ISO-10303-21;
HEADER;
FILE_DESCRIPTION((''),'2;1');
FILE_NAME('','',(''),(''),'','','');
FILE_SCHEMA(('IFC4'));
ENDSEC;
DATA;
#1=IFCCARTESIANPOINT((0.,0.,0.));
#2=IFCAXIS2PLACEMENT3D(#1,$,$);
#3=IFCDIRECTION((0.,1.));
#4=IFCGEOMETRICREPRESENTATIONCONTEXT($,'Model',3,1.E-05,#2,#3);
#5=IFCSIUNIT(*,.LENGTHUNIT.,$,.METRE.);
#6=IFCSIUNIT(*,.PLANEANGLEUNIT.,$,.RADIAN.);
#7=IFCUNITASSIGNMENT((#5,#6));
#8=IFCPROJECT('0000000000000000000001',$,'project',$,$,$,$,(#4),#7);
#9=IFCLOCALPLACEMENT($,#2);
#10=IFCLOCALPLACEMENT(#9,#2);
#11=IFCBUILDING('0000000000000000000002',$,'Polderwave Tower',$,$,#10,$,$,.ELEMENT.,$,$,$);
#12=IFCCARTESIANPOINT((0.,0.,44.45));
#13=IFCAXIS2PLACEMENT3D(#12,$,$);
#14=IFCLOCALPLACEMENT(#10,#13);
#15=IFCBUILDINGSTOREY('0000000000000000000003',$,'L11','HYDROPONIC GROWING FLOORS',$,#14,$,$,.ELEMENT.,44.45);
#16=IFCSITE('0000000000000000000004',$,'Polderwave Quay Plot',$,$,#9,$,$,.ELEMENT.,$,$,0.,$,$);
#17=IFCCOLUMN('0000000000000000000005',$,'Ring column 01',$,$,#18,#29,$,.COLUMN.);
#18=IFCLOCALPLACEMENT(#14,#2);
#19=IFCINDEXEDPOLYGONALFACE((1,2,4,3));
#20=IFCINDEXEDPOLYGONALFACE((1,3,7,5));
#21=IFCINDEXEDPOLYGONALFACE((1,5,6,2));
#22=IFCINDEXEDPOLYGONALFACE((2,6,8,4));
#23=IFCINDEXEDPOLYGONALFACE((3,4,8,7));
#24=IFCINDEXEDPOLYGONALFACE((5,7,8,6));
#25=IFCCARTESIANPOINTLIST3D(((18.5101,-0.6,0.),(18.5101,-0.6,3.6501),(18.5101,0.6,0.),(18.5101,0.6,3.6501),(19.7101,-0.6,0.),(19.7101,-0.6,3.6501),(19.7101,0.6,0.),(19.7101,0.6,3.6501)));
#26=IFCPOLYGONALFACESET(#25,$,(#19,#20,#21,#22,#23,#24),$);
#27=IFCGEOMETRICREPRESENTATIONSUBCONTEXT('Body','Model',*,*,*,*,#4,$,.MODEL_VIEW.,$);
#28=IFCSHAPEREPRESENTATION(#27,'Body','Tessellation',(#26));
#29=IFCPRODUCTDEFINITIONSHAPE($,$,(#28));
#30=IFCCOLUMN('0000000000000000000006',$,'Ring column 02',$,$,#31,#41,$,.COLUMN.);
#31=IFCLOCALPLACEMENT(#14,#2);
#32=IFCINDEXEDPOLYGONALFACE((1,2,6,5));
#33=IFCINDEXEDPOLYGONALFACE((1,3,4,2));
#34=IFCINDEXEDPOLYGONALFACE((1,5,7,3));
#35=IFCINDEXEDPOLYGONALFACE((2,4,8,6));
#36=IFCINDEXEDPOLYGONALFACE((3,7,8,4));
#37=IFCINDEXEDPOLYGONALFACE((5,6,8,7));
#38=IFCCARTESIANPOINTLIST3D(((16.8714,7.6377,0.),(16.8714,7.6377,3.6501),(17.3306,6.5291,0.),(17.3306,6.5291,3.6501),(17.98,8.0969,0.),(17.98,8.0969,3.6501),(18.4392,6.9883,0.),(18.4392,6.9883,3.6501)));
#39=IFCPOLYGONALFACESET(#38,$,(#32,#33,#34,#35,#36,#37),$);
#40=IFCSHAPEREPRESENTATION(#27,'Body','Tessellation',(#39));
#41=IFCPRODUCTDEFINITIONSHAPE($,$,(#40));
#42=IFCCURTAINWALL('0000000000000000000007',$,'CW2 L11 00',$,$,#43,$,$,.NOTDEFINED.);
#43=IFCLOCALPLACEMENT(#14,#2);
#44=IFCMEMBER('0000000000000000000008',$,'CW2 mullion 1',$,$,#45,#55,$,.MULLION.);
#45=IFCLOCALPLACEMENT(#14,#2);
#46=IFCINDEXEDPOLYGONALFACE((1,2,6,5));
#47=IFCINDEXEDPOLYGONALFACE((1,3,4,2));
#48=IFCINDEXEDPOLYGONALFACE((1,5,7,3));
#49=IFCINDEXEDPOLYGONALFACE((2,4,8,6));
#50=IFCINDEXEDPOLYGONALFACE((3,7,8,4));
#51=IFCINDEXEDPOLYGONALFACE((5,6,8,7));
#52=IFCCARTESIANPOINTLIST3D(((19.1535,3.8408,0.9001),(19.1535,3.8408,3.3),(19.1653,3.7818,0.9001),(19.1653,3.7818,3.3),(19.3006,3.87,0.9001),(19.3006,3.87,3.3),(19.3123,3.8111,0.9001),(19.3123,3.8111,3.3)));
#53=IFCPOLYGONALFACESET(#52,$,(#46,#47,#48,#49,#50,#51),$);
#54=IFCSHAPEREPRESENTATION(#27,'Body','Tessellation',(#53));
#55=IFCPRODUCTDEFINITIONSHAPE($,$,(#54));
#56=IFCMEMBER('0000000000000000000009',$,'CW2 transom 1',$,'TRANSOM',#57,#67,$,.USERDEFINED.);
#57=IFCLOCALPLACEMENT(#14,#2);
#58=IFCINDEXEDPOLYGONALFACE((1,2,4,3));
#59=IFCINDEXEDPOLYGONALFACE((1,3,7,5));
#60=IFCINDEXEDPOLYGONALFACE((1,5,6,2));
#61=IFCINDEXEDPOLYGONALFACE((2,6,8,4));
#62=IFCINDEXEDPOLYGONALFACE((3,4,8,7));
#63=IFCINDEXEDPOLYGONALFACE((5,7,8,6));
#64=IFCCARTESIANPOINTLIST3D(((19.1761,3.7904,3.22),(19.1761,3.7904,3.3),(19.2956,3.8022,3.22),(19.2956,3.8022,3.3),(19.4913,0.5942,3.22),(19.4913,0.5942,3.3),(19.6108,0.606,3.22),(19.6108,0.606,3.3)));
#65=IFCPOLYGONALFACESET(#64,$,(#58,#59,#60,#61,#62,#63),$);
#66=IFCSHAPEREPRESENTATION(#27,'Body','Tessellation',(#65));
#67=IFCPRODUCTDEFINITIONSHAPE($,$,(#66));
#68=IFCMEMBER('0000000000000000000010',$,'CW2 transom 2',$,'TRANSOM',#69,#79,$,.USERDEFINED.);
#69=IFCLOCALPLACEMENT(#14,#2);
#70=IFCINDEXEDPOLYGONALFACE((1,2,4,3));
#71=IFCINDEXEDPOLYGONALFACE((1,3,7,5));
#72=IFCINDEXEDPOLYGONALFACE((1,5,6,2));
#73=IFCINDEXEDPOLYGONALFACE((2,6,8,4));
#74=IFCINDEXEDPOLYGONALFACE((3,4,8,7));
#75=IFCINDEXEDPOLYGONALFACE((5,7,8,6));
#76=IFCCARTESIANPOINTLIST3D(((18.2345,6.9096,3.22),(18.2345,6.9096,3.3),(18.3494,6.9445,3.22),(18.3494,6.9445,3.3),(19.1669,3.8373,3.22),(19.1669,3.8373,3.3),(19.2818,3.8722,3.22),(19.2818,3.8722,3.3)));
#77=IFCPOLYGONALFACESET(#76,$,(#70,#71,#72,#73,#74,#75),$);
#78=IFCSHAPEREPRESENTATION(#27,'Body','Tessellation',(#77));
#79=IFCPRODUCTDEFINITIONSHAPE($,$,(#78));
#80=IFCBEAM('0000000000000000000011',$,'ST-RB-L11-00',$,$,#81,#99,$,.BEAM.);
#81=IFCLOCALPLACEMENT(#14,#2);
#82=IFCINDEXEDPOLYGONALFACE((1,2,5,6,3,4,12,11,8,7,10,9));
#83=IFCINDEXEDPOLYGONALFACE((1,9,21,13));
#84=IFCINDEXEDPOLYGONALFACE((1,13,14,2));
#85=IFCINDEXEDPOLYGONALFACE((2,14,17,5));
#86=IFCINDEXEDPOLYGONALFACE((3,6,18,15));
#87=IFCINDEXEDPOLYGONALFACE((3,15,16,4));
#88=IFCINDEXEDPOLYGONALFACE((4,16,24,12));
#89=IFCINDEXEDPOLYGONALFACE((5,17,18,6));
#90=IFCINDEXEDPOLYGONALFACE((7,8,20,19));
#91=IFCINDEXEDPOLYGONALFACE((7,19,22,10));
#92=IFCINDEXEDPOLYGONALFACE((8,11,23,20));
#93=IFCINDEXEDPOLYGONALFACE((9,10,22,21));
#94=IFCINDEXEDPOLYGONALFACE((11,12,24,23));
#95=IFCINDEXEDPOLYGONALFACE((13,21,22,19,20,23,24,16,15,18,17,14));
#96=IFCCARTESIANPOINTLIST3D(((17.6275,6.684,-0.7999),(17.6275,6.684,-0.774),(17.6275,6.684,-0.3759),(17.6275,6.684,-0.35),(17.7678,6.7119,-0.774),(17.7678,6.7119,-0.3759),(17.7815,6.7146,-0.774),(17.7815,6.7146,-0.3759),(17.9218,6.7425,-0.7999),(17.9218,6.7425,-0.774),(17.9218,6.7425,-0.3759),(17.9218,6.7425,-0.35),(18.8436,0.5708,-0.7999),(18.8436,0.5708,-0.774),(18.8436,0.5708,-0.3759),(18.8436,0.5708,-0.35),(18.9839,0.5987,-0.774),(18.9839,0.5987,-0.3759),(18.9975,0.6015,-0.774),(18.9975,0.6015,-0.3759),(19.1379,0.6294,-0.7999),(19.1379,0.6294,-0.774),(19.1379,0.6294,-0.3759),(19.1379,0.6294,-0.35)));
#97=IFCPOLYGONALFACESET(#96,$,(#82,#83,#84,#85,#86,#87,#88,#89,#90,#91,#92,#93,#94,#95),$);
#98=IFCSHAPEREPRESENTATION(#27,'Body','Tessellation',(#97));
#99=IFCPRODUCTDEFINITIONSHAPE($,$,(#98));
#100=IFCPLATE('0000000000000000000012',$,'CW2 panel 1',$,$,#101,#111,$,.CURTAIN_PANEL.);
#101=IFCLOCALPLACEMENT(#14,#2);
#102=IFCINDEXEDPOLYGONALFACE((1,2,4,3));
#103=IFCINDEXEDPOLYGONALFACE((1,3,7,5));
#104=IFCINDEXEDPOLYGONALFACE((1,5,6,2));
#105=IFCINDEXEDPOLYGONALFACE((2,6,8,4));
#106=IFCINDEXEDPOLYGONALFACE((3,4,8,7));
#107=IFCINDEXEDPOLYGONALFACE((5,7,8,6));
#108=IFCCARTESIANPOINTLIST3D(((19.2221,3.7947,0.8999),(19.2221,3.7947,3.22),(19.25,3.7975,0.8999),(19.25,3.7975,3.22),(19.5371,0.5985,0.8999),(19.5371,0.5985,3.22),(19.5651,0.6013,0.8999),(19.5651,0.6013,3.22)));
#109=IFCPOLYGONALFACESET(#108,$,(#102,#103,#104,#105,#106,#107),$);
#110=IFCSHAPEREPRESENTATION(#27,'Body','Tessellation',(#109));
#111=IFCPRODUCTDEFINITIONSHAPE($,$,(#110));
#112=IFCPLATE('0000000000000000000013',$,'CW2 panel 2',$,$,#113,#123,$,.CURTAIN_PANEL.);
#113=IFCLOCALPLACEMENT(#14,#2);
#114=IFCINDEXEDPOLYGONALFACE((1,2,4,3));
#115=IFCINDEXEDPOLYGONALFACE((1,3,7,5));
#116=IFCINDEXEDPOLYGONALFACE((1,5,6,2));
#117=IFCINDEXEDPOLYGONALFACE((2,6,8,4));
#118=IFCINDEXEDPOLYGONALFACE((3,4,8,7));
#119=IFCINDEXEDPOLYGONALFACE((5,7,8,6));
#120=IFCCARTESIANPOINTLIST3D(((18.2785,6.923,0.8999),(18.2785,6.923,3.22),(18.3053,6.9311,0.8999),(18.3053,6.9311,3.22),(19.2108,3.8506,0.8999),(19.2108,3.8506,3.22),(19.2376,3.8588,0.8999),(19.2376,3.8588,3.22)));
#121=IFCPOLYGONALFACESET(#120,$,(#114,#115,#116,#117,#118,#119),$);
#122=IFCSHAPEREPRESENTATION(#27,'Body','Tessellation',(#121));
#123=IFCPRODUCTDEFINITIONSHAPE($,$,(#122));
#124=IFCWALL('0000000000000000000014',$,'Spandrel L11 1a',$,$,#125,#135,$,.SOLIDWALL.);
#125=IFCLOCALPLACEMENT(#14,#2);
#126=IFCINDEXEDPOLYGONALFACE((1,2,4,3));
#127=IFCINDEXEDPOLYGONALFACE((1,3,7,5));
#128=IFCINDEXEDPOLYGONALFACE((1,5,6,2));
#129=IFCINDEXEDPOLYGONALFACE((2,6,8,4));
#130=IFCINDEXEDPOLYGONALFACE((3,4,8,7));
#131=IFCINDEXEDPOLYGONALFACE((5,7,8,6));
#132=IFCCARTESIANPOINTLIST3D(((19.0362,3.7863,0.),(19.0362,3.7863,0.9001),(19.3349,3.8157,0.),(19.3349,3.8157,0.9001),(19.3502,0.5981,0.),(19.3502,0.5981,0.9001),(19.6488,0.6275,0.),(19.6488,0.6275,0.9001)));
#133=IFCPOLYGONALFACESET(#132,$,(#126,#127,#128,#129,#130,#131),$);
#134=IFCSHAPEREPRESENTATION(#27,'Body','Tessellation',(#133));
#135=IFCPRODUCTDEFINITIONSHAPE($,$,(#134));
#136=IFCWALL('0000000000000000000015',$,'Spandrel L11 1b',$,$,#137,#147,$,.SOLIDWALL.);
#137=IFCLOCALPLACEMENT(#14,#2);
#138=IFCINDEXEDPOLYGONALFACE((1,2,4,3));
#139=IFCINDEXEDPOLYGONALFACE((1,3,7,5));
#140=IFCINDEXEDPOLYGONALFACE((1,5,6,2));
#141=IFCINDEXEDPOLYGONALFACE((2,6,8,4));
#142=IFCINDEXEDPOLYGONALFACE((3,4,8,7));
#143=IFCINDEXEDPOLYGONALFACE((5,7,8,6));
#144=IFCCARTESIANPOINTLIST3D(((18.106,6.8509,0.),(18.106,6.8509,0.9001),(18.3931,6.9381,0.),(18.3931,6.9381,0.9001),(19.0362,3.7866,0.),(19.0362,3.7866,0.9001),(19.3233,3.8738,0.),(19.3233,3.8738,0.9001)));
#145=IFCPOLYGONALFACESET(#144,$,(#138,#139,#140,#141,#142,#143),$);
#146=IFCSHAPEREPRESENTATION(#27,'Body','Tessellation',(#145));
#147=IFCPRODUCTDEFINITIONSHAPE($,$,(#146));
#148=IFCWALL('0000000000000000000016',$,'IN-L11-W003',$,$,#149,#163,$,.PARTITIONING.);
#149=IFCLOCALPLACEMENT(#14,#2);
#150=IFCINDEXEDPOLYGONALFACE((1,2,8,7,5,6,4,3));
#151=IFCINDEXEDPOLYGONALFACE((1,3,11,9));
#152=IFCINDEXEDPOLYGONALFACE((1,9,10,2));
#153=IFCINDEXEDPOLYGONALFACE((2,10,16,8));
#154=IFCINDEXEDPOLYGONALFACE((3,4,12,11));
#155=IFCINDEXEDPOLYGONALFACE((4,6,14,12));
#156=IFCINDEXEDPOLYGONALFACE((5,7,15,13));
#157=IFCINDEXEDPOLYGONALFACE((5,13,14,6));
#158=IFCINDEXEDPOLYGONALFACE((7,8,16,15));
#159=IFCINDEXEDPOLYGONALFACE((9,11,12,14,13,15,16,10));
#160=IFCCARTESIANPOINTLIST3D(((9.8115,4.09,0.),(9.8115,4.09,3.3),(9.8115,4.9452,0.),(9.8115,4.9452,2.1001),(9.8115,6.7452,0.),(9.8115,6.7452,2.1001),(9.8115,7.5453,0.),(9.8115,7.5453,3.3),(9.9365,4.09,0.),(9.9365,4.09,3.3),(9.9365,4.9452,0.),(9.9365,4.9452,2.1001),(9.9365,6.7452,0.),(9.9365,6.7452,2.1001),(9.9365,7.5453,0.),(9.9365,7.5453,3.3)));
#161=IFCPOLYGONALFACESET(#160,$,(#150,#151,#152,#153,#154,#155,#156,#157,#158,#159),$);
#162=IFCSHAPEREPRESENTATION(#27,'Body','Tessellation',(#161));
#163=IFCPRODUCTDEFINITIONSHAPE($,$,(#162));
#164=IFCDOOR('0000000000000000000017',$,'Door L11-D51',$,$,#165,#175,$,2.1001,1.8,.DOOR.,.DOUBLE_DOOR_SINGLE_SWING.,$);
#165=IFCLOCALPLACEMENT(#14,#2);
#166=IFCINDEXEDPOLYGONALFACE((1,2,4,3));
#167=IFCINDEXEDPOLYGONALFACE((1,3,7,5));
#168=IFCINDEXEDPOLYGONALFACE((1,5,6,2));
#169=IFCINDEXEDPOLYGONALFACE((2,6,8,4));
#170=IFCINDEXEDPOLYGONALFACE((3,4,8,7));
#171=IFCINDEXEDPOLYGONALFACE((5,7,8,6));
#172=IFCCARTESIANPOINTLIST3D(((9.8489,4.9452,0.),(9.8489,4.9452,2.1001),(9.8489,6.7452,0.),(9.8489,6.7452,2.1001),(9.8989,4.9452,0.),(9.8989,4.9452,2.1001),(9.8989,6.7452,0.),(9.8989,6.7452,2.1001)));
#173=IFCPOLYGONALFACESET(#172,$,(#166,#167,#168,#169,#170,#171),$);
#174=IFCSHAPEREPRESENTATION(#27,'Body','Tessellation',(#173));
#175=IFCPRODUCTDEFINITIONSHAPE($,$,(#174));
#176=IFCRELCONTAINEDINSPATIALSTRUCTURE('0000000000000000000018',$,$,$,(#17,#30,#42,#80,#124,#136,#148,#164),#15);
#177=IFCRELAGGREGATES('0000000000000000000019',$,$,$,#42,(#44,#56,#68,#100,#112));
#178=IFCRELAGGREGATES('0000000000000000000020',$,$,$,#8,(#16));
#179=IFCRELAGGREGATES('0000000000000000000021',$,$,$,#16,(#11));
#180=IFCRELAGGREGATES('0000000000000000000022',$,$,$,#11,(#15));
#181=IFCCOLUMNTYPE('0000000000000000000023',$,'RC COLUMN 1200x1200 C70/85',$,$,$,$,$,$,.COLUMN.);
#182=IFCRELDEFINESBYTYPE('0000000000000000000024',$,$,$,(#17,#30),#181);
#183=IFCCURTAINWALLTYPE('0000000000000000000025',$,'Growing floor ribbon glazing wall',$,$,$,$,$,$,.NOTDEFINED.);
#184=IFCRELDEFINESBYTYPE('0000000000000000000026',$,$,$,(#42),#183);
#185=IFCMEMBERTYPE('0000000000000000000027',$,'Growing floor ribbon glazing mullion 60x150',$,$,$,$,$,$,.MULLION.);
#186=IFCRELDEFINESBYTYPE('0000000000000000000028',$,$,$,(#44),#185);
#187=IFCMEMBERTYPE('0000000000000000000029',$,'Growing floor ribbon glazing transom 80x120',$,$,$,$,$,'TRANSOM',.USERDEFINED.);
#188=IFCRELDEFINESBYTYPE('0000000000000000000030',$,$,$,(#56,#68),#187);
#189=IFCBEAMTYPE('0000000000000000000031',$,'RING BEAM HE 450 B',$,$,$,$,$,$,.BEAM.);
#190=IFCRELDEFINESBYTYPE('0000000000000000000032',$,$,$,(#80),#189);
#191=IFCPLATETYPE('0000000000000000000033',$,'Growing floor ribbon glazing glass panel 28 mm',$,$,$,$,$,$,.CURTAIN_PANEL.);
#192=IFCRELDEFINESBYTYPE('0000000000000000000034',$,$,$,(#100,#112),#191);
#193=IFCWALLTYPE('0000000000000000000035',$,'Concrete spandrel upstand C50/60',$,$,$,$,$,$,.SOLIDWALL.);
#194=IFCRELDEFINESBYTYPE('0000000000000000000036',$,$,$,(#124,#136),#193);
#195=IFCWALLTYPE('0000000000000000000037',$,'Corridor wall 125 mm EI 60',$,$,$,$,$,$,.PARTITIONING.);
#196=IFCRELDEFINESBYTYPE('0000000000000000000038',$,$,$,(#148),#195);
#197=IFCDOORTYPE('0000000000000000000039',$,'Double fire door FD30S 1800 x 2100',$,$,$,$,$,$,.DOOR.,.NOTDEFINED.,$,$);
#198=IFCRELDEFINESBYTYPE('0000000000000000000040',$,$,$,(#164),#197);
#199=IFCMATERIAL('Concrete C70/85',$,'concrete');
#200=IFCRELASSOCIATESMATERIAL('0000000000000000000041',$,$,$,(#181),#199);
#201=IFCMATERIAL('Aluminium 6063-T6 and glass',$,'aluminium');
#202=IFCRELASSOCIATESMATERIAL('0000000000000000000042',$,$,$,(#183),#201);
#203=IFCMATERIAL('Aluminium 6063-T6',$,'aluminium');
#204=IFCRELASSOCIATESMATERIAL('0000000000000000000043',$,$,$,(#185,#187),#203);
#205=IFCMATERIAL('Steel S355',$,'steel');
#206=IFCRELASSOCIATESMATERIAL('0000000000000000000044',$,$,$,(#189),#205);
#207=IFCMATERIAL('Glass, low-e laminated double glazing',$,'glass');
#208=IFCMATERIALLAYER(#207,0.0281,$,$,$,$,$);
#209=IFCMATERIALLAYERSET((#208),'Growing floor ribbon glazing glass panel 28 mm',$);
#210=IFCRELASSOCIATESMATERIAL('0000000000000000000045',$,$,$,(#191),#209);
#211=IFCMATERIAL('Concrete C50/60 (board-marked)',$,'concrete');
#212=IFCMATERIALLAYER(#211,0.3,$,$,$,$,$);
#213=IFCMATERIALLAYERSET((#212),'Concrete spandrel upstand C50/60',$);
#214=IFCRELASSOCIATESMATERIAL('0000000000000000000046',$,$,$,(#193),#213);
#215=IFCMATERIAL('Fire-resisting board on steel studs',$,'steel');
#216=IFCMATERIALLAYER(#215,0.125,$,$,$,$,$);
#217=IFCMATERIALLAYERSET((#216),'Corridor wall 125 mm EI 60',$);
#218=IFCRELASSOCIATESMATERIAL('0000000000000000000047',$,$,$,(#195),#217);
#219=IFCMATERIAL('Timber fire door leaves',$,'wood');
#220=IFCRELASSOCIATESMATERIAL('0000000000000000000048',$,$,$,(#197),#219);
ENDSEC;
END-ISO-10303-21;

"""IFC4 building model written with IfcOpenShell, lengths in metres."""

from ifc_helpers import new_model, si_unit, direction, frame, frame_2d, origin, origin_2d, place, context, subcontext, project, spatial, rectangle, i_section, extrude, material, layer, layer_set, material_profile, profile_set, type_object, element, fill, aggregate, save


model = new_model("IFC4")

# Units and contexts
model_context = context("Model", 3, precision=1e-05, world=origin(), true_north=direction((0.0, 1.0)))
body_context = subcontext(model_context, "Body", "Model", "MODEL_VIEW")
ifc_project = project(units=[si_unit("LENGTHUNIT", "METRE"), si_unit("PLANEANGLEUNIT", "RADIAN")], contexts=[model_context])

# Site, building, storey
site_placement = place(None, origin())
site = spatial("IfcSite", under=ifc_project, at=site_placement, Name="Polderwave Quay Plot", CompositionType="ELEMENT", RefElevation=0.0)
building_placement = place(site_placement, origin())
building = spatial("IfcBuilding", under=site, at=building_placement, Name="Polderwave Tower", CompositionType="ELEMENT")
storey_placement = place(building_placement, frame((0.0, 0.0, 44.45)))
storey = spatial("IfcBuildingStorey", under=building, at=storey_placement, Name="L11", Description="HYDROPONIC GROWING FLOORS", CompositionType="ELEMENT", Elevation=44.45)

# Columns
ifc_material_1 = material(Name="Concrete C70/85", Category="concrete")
ifc_material_profile_1 = material_profile(ifc_material_1, rectangle(XDim=1.2, YDim=1.2, at=origin_2d()), Name="RC 1200x1200")
ifc_profile_set_1 = profile_set([ifc_material_profile_1], Name="Concrete C70/85")
column_type = type_object("IfcColumnType", Name="RC COLUMN 1200x1200 C70/85", PredefinedType="COLUMN", material=ifc_profile_set_1)
for number, where, z_axis, x_axis, name in (
    (1, (19.1101, 0.0, 0.0), (0.0, 0.0, 1.0), (1.0, 0.0, 0.0), "Ring column 01"),
    (2, (17.6553, 7.313, 0.0), (0.0, 0.0, 1.0), (0.92388, 0.382683, 0.0), "Ring column 02"),
):
    element("IfcColumn", number, at=place(storey_placement, frame(where, z_axis=z_axis, x_axis=x_axis)), inside=storey, type_object=column_type, Name=name, PredefinedType="COLUMN", context=body_context, shape_type="SweptSolid", body=[
        extrude(rectangle(XDim=1.2, YDim=1.2, at=origin_2d()), origin(), (0.0, 0.0, 1.0), 3.6501),
    ])

# Curtain wall, members
ifc_material_2 = material(Name="Aluminium 6063-T6 and glass", Category="aluminium")
curtain_wall_type = type_object("IfcCurtainWallType", Name="Growing floor ribbon glazing wall", PredefinedType="NOTDEFINED", material=ifc_material_2)
curtain_wall_placement = place(storey_placement, origin())
curtain_wall = element("IfcCurtainWall", 3, at=curtain_wall_placement, inside=storey, type_object=curtain_wall_type, Name="CW2 L11 00", PredefinedType="NOTDEFINED")
ifc_material_3 = material(Name="Aluminium 6063-T6", Category="aluminium")
ifc_material_profile_2 = material_profile(ifc_material_3, rectangle(XDim=0.1499, YDim=0.0601, at=origin_2d()), Name="AL 60x150")
ifc_profile_set_2 = profile_set([ifc_material_profile_2], Name="Aluminium 6063-T6")
member_type_1 = type_object("IfcMemberType", Name="Growing floor ribbon glazing mullion 60x150", PredefinedType="MULLION", material=ifc_profile_set_2)
member_1_placement = place(storey_placement, frame((19.2329, 3.8259, 0.9001), z_axis=(0.0, 0.0, 1.0), x_axis=(-0.980768, -0.195178, 0.0)))
member_1 = element("IfcMember", 4, at=member_1_placement, type_object=member_type_1, Name="CW2 mullion 1", PredefinedType="MULLION", context=body_context, shape_type="SweptSolid", body=[
    extrude(rectangle(XDim=0.1499, YDim=0.0601, at=origin_2d()), origin(), (0.0, 0.0, 1.0), 2.3999),
])
ifc_material_profile_3 = material_profile(ifc_material_3, rectangle(XDim=0.1201, YDim=0.0801, at=origin_2d()), Name="AL 80x120")
ifc_profile_set_3 = profile_set([ifc_material_profile_3], Name="Aluminium 6063-T6")
member_type_2 = type_object("IfcMemberType", Name="Growing floor ribbon glazing transom 80x120", ElementType="TRANSOM", PredefinedType="USERDEFINED", material=ifc_profile_set_3)
member_2_placement = place(storey_placement, frame((19.551, 0.6001, 3.26), z_axis=(-0.098141, 0.995172, 0.0), x_axis=(-0.995172, -0.098141, 0.0)))
member_2 = element("IfcMember", 5, at=member_2_placement, type_object=member_type_2, Name="CW2 transom 1", ObjectType="TRANSOM", PredefinedType="USERDEFINED", context=body_context, shape_type="SweptSolid", body=[
    extrude(rectangle(XDim=0.1201, YDim=0.0801, at=origin_2d()), origin(), (0.0, 0.0, 1.0), 3.2117),
])
member_3_placement = place(storey_placement, frame((19.2244, 3.8547, 3.26), z_axis=(-0.290402, 0.956905, 0.0), x_axis=(-0.956905, -0.290402, 0.0)))
member_3 = element("IfcMember", 6, at=member_3_placement, type_object=member_type_2, Name="CW2 transom 2", ObjectType="TRANSOM", PredefinedType="USERDEFINED", context=body_context, shape_type="SweptSolid", body=[
    extrude(rectangle(XDim=0.1201, YDim=0.0801, at=origin_2d()), origin(), (0.0, 0.0, 1.0), 3.2107),
])

# Beam
ifc_material_4 = material(Name="Steel S355", Category="steel")
ifc_material_profile_4 = material_profile(ifc_material_4, i_section(OverallWidth=0.3, OverallDepth=0.45, WebThickness=0.0139, FlangeThickness=0.0259, at=origin_2d()), Name="HE 450 B")
ifc_profile_set_4 = profile_set([ifc_material_profile_4], Name="Steel S355")
beam_type = type_object("IfcBeamType", Name="RING BEAM HE 450 B", PredefinedType="BEAM", material=ifc_profile_set_4)
beam_placement = place(storey_placement, frame((18.9907, 0.6001, -0.575), z_axis=(-0.195107, 0.980782, 0.0), x_axis=(-0.980782, -0.195107, 0.0)))
element("IfcBeam", 7, at=beam_placement, inside=storey, type_object=beam_type, Name="ST-RB-L11-00", PredefinedType="BEAM", context=body_context, shape_type="SweptSolid", body=[
    extrude(i_section(OverallWidth=0.3, OverallDepth=0.45, WebThickness=0.0139, FlangeThickness=0.0259, at=origin_2d()), origin(), (0.0, 0.0, 1.0), 6.2329),
])

# Plates
ifc_material_5 = material(Name="Glass, low-e laminated double glazing", Category="glass")
ifc_layer_1 = layer(ifc_material_5, 0.0281)
ifc_layer_set_1 = layer_set([ifc_layer_1], Name="Growing floor ribbon glazing glass panel 28 mm")
plate_type = type_object("IfcPlateType", Name="Growing floor ribbon glazing glass panel 28 mm", PredefinedType="CURTAIN_PANEL", material=ifc_layer_set_1)
plate_1_placement = place(storey_placement, frame((19.3936, 2.198, 0.8999), z_axis=(0.0, 0.0, 1.0), x_axis=(-0.098099, 0.995177, 0.0)))
plate_1 = element("IfcPlate", 8, at=plate_1_placement, type_object=plate_type, Name="CW2 panel 1", PredefinedType="CURTAIN_PANEL", context=body_context, shape_type="SweptSolid", body=[
    extrude(rectangle(XDim=3.2117, YDim=0.0281, at=origin_2d()), origin(), (0.0, 0.0, 1.0), 2.3201),
])
plate_2_placement = place(storey_placement, frame((18.7581, 5.3909, 0.8999), z_axis=(0.0, 0.0, 1.0), x_axis=(-0.290375, 0.956913, 0.0)))
plate_2 = element("IfcPlate", 9, at=plate_2_placement, type_object=plate_type, Name="CW2 panel 2", PredefinedType="CURTAIN_PANEL", context=body_context, shape_type="SweptSolid", body=[
    extrude(rectangle(XDim=3.2107, YDim=0.0281, at=origin_2d()), origin(), (0.0, 0.0, 1.0), 2.3201),
])
aggregate(curtain_wall, [member_1, member_2, member_3, plate_1, plate_2])

# Walls
ifc_material_6 = material(Name="Concrete C50/60 (board-marked)", Category="concrete")
ifc_layer_2 = layer(ifc_material_6, 0.3)
ifc_layer_set_2 = layer_set([ifc_layer_2], Name="Concrete spandrel upstand C50/60")
wall_type_1 = type_object("IfcWallType", Name="Concrete spandrel upstand C50/60", PredefinedType="SOLIDWALL", material=ifc_layer_set_2)
wall_1_placement = place(storey_placement, frame((19.4995, 0.6128, 0.0), z_axis=(0.0, 0.0, 1.0), x_axis=(-0.098002, 0.995186, 0.0)))
element("IfcWall", 10, at=wall_1_placement, inside=storey, type_object=wall_type_1, Name="Spandrel L11 1a", PredefinedType="SOLIDWALL", context=body_context, shape_type="SweptSolid", body=[
    extrude(rectangle(XDim=3.2036, YDim=0.3, at=frame_2d((1.6018, 0.0))), origin(), (0.0, 0.0, 1.0), 0.9001),
])
wall_2_placement = place(storey_placement, frame((19.1797, 3.8303, 0.0), z_axis=(0.0, 0.0, 1.0), x_axis=(-0.290473, 0.956883, 0.0)))
element("IfcWall", 11, at=wall_2_placement, inside=storey, type_object=wall_type_1, Name="Spandrel L11 1b", PredefinedType="SOLIDWALL", context=body_context, shape_type="SweptSolid", body=[
    extrude(rectangle(XDim=3.2024, YDim=0.3, at=frame_2d((1.6011, 0.0))), origin(), (0.0, 0.0, 1.0), 0.9001),
])

# Wall, opening, door
ifc_material_7 = material(Name="Fire-resisting board on steel studs", Category="steel")
ifc_layer_3 = layer(ifc_material_7, 0.125)
ifc_layer_set_3 = layer_set([ifc_layer_3], Name="Corridor wall 125 mm EI 60")
wall_type_2 = type_object("IfcWallType", Name="Corridor wall 125 mm EI 60", PredefinedType="PARTITIONING", material=ifc_layer_set_3)
wall_3_placement = place(storey_placement, frame((9.874, 7.5452, 0.0), z_axis=(0.0, 0.0, 1.0), x_axis=(0.0, -1.0, 0.0)))
wall_3 = element("IfcWall", 12, at=wall_3_placement, inside=storey, type_object=wall_type_2, Name="IN-L11-W003", PredefinedType="PARTITIONING", context=body_context, shape_type="SweptSolid", body=[
    extrude(rectangle(XDim=3.4553, YDim=0.125, at=frame_2d((1.7275, 0.0))), origin(), (0.0, 0.0, 1.0), 3.3),
])
opening_1_placement = place(wall_3_placement, frame((0.8, 0.0, 0.0)))
opening_1 = element("IfcOpeningElement", 13, at=opening_1_placement, cuts=wall_3, PredefinedType="OPENING", context=body_context, shape_type="SweptSolid", body=[
    extrude(rectangle(XDim=1.8, YDim=2.1001, at=frame_2d((0.8999, 1.05))), frame((0.0, 0.0725, 0.0), z_axis=(0.0, -1.0, 0.0), x_axis=(1.0, 0.0, 0.0)), (0.0, 0.0, 1.0), 0.145),
])
ifc_material_8 = material(Name="Timber fire door leaves", Category="wood")
door_type_1 = type_object("IfcDoorType", Name="Double fire door FD30S 1800 x 2100", OperationType="NOTDEFINED", PredefinedType="DOOR", material=ifc_material_8)
door_1_placement = place(opening_1_placement, origin())
door_1 = element("IfcDoor", 14, at=door_1_placement, inside=storey, type_object=door_type_1, Name="Door L11-D51", OperationType="DOUBLE_DOOR_SINGLE_SWING", OverallHeight=2.1001, OverallWidth=1.8, PredefinedType="DOOR", context=body_context, shape_type="SweptSolid", body=[
    extrude(rectangle(XDim=1.8, YDim=2.1001, at=frame_2d((0.8999, 1.05))), frame((0.0, 0.0249, 0.0), z_axis=(0.0, -1.0, 0.0), x_axis=(1.0, 0.0, 0.0)), (0.0, 0.0, 1.0), 0.05),
])
fill(opening_1, door_1)

save(model, "model.ifc")
